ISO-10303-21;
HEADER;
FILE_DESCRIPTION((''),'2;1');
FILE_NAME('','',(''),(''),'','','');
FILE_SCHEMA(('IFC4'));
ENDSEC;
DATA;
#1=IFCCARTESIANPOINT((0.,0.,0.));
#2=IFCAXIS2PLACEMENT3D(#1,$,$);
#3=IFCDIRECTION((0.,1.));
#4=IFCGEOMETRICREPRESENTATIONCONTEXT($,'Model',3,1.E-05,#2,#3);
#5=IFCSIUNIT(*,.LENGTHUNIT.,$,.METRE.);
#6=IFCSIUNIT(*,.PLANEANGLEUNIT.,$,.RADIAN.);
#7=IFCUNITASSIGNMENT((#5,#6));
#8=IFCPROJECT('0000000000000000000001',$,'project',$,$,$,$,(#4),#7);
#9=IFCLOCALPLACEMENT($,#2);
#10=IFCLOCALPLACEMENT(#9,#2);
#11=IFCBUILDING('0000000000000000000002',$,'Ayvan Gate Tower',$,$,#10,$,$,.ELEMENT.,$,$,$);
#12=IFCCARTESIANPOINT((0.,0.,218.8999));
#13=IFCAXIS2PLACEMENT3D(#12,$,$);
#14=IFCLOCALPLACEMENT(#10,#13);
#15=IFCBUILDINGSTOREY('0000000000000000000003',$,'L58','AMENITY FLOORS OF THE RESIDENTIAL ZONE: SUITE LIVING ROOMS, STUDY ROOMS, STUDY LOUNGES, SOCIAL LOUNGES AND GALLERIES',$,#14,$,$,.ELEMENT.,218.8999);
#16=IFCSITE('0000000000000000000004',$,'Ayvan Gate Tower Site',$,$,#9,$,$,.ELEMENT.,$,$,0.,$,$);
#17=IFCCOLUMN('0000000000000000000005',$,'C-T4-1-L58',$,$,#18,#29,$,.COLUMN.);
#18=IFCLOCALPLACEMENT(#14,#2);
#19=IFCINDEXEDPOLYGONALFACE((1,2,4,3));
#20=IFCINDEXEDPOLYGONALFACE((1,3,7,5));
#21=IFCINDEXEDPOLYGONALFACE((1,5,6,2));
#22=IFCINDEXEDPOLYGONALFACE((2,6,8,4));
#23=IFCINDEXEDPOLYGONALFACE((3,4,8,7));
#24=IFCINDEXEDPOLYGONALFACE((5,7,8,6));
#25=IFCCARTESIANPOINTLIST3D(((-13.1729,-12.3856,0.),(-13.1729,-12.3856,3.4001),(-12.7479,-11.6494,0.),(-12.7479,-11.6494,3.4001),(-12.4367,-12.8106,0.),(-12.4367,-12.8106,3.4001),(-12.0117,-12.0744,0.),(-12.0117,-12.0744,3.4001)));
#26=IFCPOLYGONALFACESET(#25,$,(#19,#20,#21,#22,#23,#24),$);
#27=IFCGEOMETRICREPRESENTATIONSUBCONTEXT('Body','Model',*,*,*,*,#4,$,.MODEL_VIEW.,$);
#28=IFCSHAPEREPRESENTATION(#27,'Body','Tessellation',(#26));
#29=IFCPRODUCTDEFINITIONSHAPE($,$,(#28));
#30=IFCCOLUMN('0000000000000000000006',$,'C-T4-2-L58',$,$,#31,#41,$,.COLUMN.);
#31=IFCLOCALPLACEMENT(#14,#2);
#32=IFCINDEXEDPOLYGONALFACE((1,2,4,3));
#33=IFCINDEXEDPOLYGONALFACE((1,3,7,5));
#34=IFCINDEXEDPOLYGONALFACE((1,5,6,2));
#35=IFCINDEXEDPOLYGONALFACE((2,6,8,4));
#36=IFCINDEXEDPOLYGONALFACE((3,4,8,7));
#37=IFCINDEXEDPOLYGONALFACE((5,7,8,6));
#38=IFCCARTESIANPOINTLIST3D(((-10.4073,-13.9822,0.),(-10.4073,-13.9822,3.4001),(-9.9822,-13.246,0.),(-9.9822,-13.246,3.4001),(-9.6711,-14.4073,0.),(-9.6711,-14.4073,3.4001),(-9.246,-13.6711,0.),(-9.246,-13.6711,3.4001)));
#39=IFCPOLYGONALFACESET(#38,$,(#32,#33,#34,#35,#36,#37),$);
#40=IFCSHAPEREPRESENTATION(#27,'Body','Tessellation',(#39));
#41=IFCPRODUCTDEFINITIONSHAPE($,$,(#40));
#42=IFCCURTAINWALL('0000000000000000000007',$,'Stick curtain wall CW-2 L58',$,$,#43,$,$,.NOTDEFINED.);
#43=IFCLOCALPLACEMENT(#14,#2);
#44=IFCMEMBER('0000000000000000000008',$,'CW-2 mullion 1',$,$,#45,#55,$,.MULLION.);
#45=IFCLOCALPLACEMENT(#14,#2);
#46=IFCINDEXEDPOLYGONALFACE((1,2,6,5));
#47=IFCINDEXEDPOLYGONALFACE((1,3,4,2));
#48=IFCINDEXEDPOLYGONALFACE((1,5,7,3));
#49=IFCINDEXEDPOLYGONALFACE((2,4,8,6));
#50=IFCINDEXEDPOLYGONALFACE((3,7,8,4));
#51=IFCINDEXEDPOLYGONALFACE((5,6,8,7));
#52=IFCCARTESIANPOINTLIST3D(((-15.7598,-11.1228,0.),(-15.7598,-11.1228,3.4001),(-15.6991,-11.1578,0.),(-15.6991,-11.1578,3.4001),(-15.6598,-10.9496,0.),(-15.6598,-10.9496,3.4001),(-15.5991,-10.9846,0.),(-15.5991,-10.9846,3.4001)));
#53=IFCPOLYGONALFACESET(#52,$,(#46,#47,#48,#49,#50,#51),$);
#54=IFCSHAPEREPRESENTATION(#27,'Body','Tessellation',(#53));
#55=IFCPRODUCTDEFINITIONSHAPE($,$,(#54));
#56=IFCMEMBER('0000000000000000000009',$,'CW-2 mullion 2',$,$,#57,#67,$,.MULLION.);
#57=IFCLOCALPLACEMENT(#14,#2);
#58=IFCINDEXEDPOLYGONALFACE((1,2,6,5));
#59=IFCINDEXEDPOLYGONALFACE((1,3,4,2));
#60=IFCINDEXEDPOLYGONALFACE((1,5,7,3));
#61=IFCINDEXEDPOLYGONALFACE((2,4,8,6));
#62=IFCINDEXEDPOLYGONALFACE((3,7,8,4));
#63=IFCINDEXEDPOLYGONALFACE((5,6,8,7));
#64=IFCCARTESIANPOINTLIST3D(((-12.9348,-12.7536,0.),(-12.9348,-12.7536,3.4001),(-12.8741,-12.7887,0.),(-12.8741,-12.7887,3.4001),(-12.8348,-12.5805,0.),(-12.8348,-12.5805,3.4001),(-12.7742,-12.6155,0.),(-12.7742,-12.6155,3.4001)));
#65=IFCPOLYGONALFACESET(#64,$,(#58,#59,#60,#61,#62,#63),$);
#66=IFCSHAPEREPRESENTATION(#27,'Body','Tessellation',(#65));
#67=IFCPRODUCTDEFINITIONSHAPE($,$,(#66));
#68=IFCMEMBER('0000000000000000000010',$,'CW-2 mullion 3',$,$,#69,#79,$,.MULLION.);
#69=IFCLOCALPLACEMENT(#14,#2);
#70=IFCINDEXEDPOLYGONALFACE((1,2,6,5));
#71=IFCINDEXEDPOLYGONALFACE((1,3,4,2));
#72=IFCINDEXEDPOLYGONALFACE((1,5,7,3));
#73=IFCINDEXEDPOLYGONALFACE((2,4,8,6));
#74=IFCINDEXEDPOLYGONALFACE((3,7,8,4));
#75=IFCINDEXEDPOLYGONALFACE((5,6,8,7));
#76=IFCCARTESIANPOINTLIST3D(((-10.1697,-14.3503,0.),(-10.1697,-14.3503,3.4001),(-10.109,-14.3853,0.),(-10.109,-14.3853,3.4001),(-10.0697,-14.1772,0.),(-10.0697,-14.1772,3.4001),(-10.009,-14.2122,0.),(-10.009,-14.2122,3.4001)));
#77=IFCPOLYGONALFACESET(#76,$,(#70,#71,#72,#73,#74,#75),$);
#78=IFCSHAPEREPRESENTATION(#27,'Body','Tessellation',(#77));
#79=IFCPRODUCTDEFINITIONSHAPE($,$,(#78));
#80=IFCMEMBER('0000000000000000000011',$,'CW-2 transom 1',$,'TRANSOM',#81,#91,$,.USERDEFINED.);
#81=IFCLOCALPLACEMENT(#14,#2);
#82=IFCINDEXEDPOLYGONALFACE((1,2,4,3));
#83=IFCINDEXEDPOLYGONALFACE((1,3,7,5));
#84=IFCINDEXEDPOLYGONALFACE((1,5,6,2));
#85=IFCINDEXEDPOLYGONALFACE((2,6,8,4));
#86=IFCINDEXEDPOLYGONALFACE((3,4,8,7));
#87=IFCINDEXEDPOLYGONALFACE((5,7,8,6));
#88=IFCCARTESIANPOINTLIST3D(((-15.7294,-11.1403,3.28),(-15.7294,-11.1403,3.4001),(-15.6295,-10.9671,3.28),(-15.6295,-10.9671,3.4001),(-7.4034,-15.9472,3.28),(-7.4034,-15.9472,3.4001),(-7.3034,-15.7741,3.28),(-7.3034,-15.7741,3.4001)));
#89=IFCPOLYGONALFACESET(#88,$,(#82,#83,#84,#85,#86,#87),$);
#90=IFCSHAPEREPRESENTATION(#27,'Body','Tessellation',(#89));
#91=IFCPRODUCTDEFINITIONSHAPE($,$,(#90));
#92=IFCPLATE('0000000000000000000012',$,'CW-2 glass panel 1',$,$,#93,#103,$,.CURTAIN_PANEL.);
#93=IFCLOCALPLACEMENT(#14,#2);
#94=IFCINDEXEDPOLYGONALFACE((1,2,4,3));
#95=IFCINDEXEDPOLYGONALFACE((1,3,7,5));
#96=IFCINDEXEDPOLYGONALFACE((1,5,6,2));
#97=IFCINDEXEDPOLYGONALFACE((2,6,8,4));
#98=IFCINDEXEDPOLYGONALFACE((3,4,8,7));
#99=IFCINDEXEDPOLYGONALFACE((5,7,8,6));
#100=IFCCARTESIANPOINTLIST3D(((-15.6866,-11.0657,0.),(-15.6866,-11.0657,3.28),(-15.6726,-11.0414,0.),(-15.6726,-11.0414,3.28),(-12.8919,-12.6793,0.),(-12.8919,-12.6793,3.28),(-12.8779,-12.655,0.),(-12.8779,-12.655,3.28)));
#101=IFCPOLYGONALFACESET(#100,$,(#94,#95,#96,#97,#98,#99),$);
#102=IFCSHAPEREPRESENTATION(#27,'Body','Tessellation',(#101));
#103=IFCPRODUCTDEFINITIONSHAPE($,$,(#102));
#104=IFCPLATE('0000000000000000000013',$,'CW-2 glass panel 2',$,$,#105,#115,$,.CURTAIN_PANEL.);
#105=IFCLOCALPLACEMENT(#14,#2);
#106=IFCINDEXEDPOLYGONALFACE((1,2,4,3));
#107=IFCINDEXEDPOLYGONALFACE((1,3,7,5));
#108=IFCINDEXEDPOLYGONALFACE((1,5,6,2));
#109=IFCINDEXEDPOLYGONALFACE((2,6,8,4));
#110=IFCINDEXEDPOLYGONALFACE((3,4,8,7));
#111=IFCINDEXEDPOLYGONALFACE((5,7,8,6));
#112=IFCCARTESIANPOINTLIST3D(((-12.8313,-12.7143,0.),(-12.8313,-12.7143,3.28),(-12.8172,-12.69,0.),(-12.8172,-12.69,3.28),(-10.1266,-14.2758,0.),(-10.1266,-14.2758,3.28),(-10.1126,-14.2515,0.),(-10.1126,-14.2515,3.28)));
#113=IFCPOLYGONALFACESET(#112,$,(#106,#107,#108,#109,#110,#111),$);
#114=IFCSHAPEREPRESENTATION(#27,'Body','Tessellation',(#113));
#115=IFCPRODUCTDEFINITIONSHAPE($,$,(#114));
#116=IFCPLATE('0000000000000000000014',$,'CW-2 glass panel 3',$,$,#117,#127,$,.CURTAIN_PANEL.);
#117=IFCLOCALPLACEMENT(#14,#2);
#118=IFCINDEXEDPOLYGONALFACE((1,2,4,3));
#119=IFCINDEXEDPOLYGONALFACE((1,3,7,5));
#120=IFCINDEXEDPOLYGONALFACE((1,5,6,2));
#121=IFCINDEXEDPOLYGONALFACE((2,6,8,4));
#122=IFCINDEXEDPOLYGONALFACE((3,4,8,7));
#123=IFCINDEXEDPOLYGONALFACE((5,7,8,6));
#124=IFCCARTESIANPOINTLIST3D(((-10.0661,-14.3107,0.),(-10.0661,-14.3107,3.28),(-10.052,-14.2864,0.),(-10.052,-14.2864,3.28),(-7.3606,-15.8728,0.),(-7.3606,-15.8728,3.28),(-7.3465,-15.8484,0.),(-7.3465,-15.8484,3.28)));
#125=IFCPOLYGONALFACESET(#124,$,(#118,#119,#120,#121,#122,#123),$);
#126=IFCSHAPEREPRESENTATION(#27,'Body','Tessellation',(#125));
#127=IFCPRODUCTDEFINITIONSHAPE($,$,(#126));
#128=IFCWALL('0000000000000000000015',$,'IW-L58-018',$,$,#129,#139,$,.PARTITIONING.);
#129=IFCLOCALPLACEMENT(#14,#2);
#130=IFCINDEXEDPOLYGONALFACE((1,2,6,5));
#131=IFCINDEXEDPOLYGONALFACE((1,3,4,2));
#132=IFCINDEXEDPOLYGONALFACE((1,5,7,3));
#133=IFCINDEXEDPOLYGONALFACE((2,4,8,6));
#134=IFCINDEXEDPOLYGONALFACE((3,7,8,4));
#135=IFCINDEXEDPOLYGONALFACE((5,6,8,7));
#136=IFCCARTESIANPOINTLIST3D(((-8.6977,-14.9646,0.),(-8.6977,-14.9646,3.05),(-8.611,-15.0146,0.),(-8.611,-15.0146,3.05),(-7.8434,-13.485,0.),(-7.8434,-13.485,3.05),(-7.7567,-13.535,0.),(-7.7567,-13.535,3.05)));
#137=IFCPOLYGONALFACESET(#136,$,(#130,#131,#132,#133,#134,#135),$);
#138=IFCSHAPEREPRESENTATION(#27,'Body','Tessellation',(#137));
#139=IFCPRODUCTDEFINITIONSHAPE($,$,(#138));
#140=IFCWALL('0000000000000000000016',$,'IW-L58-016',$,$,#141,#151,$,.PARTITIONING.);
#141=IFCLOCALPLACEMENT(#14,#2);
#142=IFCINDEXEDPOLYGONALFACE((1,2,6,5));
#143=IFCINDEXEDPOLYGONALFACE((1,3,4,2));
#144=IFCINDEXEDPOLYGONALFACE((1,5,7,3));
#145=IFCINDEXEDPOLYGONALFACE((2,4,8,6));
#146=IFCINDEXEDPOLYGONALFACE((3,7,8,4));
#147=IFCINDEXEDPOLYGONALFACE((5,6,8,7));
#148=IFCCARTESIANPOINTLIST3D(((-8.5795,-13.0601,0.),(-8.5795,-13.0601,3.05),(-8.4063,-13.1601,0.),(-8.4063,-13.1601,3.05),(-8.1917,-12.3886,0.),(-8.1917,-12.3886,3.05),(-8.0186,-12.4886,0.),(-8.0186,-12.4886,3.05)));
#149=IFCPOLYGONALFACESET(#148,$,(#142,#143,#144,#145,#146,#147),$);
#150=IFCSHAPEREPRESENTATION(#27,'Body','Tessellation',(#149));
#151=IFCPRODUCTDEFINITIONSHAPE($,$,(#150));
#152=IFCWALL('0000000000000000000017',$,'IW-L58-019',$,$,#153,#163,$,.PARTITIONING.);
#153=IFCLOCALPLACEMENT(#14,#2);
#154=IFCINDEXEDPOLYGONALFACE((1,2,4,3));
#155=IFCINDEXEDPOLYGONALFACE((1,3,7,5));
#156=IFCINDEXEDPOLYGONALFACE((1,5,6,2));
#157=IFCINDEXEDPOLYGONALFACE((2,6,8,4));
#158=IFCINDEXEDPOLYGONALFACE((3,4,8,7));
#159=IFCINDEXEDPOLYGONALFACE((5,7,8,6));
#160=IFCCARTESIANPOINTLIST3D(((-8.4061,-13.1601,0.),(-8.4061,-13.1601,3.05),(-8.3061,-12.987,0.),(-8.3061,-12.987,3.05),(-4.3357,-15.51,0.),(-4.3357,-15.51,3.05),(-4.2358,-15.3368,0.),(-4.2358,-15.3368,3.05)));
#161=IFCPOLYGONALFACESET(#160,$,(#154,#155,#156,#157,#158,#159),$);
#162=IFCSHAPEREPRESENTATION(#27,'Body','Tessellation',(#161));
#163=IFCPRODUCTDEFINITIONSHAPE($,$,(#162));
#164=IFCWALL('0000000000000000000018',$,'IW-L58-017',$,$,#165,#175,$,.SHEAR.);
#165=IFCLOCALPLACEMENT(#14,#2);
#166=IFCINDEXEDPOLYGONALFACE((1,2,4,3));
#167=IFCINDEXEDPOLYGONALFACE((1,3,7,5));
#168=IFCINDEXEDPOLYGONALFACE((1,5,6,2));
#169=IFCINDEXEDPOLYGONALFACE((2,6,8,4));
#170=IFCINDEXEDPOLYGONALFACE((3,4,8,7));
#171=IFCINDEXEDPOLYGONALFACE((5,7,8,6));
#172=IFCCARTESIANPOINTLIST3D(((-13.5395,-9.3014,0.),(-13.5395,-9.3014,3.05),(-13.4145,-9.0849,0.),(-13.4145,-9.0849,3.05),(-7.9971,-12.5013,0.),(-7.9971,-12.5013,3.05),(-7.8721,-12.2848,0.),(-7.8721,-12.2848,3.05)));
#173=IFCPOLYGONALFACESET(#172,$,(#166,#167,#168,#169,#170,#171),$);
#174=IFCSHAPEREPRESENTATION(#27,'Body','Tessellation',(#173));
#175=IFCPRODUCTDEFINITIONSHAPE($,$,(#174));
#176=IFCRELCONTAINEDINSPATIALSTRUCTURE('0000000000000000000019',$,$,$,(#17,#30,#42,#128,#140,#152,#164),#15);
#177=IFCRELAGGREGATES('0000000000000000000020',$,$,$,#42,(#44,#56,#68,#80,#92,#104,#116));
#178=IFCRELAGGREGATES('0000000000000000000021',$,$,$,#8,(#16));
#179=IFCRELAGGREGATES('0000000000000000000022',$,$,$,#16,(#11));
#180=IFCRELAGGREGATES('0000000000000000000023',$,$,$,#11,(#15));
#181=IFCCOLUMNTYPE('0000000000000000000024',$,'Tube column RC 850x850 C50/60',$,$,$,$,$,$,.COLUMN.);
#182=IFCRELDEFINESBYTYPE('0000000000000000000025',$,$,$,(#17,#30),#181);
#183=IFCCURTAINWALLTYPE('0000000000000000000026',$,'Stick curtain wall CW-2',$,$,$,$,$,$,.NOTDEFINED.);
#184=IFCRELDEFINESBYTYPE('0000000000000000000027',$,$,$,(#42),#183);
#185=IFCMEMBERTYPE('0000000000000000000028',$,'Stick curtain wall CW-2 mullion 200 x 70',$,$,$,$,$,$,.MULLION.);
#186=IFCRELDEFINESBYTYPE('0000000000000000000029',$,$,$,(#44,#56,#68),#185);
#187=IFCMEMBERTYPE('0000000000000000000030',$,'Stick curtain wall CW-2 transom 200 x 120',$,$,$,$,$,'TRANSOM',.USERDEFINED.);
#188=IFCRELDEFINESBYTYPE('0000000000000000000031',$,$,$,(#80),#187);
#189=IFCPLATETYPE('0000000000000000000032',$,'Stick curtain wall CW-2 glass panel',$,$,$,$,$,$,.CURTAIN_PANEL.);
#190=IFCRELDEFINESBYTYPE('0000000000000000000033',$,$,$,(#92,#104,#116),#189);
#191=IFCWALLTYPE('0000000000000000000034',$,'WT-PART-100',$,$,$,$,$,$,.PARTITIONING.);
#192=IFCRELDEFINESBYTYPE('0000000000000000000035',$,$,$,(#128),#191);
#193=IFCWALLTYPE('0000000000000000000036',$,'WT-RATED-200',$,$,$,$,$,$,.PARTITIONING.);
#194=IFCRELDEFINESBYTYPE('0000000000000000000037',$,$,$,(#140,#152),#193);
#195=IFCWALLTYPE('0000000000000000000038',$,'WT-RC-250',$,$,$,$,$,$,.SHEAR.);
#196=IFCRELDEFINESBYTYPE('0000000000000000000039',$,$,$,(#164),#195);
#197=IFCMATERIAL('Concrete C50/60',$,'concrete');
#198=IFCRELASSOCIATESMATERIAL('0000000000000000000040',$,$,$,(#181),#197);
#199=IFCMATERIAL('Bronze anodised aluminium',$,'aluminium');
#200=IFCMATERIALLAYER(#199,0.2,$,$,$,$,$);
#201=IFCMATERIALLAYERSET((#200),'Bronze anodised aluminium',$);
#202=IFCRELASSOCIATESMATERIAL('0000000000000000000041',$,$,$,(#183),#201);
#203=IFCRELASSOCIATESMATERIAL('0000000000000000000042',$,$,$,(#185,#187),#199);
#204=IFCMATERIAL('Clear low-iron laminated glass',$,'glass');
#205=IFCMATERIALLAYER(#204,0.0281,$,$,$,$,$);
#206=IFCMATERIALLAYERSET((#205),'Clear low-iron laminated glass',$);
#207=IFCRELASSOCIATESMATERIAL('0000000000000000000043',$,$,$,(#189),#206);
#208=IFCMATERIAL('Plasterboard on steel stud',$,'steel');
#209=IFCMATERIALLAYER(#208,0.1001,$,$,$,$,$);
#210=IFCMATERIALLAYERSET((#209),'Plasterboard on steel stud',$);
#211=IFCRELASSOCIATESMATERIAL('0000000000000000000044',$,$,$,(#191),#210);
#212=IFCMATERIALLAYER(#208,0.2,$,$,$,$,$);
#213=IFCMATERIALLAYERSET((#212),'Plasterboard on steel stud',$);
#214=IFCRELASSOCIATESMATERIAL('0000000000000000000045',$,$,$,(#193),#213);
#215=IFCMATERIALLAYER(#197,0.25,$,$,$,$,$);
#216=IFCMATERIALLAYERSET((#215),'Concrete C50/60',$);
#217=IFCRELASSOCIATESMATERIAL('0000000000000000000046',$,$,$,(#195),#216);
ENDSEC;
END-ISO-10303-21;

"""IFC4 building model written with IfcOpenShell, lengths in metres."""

from ifc_helpers import new_model, si_unit, direction, frame, frame_2d, origin, origin_2d, place, context, subcontext, project, spatial, rectangle, extrude, material, layer, layer_set, material_profile, profile_set, type_object, element, aggregate, save


model = new_model("IFC4")

# Units and contexts
model_context = context("Model", 3, precision=1e-05, world=origin(), true_north=direction((0.0, 1.0)))
body_context = subcontext(model_context, "Body", "Model", "MODEL_VIEW")
ifc_project = project(units=[si_unit("LENGTHUNIT", "METRE"), si_unit("PLANEANGLEUNIT", "RADIAN")], contexts=[model_context])

# Site, building, storey
site_placement = place(None, origin())
site = spatial("IfcSite", under=ifc_project, at=site_placement, Name="Ayvan Gate Tower Site", CompositionType="ELEMENT", RefElevation=0.0)
building_placement = place(site_placement, origin())
building = spatial("IfcBuilding", under=site, at=building_placement, Name="Ayvan Gate Tower", CompositionType="ELEMENT")
storey_placement = place(building_placement, frame((0.0, 0.0, 218.8999)))
storey = spatial("IfcBuildingStorey", under=building, at=storey_placement, Name="L58", Description="AMENITY FLOORS OF THE RESIDENTIAL ZONE: SUITE LIVING ROOMS, STUDY ROOMS, STUDY LOUNGES, SOCIAL LOUNGES AND GALLERIES", CompositionType="ELEMENT", Elevation=218.8999)

# Columns
ifc_material_1 = material(Name="Concrete C50/60", Category="concrete")
ifc_material_profile_1 = material_profile(ifc_material_1, rectangle(XDim=0.8501, YDim=0.8501, at=origin_2d()), Name="RC 850x850")
ifc_profile_set_1 = profile_set([ifc_material_profile_1], Name="Concrete C50/60")
column_type = type_object("IfcColumnType", Name="Tube column RC 850x850 C50/60", PredefinedType="COLUMN", material=ifc_profile_set_1)
for number, where, z_axis, x_axis, name in (
    (1, (-12.5923, -12.23, 0.0), (0.0, 0.0, 1.0), (-0.5, -0.866025, 0.0), "C-T4-1-L58"),
    (2, (-9.8267, -13.8267, 0.0), (0.0, 0.0, 1.0), (-0.5, -0.866025, 0.0), "C-T4-2-L58"),
):
    element("IfcColumn", number, at=place(storey_placement, frame(where, z_axis=z_axis, x_axis=x_axis)), inside=storey, type_object=column_type, Name=name, PredefinedType="COLUMN", context=body_context, shape_type="SweptSolid", body=[
        extrude(rectangle(XDim=0.8501, YDim=0.8501, at=origin_2d()), origin(), (0.0, 0.0, 1.0), 3.4001),
    ])

# Curtain wall, members, plates
ifc_material_2 = material(Name="Bronze anodised aluminium", Category="aluminium")
ifc_layer_1 = layer(ifc_material_2, 0.2)
ifc_layer_set_1 = layer_set([ifc_layer_1], Name="Bronze anodised aluminium")
curtain_wall_type = type_object("IfcCurtainWallType", Name="Stick curtain wall CW-2", PredefinedType="NOTDEFINED", material=ifc_layer_set_1)
curtain_wall_placement = place(storey_placement, origin())
curtain_wall = element("IfcCurtainWall", 3, at=curtain_wall_placement, inside=storey, type_object=curtain_wall_type, Name="Stick curtain wall CW-2 L58", PredefinedType="NOTDEFINED")
ifc_material_profile_2 = material_profile(ifc_material_2, rectangle(XDim=0.2, YDim=0.0701, at=origin_2d()), Name="Stick curtain wall CW-2 mullion 200 x 70")
ifc_profile_set_2 = profile_set([ifc_material_profile_2], Name="Bronze anodised aluminium")
member_type_1 = type_object("IfcMemberType", Name="Stick curtain wall CW-2 mullion 200 x 70", PredefinedType="MULLION", material=ifc_profile_set_2)
member_1_placement = place(storey_placement, frame((-15.6794, -11.0537, 0.0), z_axis=(0.0, 0.0, 1.0), x_axis=(-0.5, -0.866025, 0.0)))
member_1 = element("IfcMember", 4, at=member_1_placement, type_object=member_type_1, Name="CW-2 mullion 1", PredefinedType="MULLION", context=body_context, shape_type="SweptSolid", body=[
    extrude(rectangle(XDim=0.2, YDim=0.0701, at=origin_2d()), origin(), (0.0, 0.0, 1.0), 3.4001),
])
member_2_placement = place(storey_placement, frame((-12.8545, -12.6846, 0.0), z_axis=(0.0, 0.0, 1.0), x_axis=(-0.5, -0.866025, 0.0)))
member_2 = element("IfcMember", 5, at=member_2_placement, type_object=member_type_1, Name="CW-2 mullion 2", PredefinedType="MULLION", context=body_context, shape_type="SweptSolid", body=[
    extrude(rectangle(XDim=0.2, YDim=0.0701, at=origin_2d()), origin(), (0.0, 0.0, 1.0), 3.4001),
])
member_3_placement = place(storey_placement, frame((-10.0894, -14.2812, 0.0), z_axis=(0.0, 0.0, 1.0), x_axis=(-0.5, -0.866025, 0.0)))
member_3 = element("IfcMember", 6, at=member_3_placement, type_object=member_type_1, Name="CW-2 mullion 3", PredefinedType="MULLION", context=body_context, shape_type="SweptSolid", body=[
    extrude(rectangle(XDim=0.2, YDim=0.0701, at=origin_2d()), origin(), (0.0, 0.0, 1.0), 3.4001),
])
ifc_material_profile_3 = material_profile(ifc_material_2, rectangle(XDim=0.2, YDim=0.1201, at=origin_2d()), Name="Stick curtain wall CW-2 transom 200 x 120")
ifc_profile_set_3 = profile_set([ifc_material_profile_3], Name="Bronze anodised aluminium")
member_type_2 = type_object("IfcMemberType", Name="Stick curtain wall CW-2 transom 200 x 120", ElementType="TRANSOM", PredefinedType="USERDEFINED", material=ifc_profile_set_3)
member_4_placement = place(storey_placement, frame((-15.6794, -11.0537, 3.3401), z_axis=(0.86603, -0.499993, 0.0), x_axis=(0.499993, 0.86603, 0.0)))
member_4 = element("IfcMember", 7, at=member_4_placement, type_object=member_type_2, Name="CW-2 transom 1", ObjectType="TRANSOM", PredefinedType="USERDEFINED", context=body_context, shape_type="SweptSolid", body=[
    extrude(rectangle(XDim=0.2, YDim=0.1201, at=origin_2d()), origin(), (0.0, 0.0, 1.0), 9.614),
])
ifc_material_3 = material(Name="Clear low-iron laminated glass", Category="glass")
ifc_layer_2 = layer(ifc_material_3, 0.0281)
ifc_layer_set_2 = layer_set([ifc_layer_2], Name="Clear low-iron laminated glass")
plate_type = type_object("IfcPlateType", Name="Stick curtain wall CW-2 glass panel", PredefinedType="CURTAIN_PANEL", material=ifc_layer_set_2)
plate_1_placement = place(storey_placement, frame((-14.2822, -11.8604, 0.0), z_axis=(0.0, 0.0, 1.0), x_axis=(0.866025, -0.5, 0.0)))
plate_1 = element("IfcPlate", 8, at=plate_1_placement, type_object=plate_type, Name="CW-2 glass panel 1", PredefinedType="CURTAIN_PANEL", context=body_context, shape_type="SweptSolid", body=[
    extrude(rectangle(XDim=3.2271, YDim=0.0281, at=origin_2d()), origin(), (0.0, 0.0, 1.0), 3.28),
])
plate_2_placement = place(storey_placement, frame((-11.4719, -13.4829, 0.0), z_axis=(0.0, 0.0, 1.0), x_axis=(0.866025, -0.5, 0.0)))
plate_2 = element("IfcPlate", 9, at=plate_2_placement, type_object=plate_type, Name="CW-2 glass panel 2", PredefinedType="CURTAIN_PANEL", context=body_context, shape_type="SweptSolid", body=[
    extrude(rectangle(XDim=3.123, YDim=0.0281, at=origin_2d()), origin(), (0.0, 0.0, 1.0), 3.28),
])
plate_3_placement = place(storey_placement, frame((-8.7063, -15.0796, 0.0), z_axis=(0.0, 0.0, 1.0), x_axis=(0.866025, -0.5, 0.0)))
plate_3 = element("IfcPlate", 10, at=plate_3_placement, type_object=plate_type, Name="CW-2 glass panel 3", PredefinedType="CURTAIN_PANEL", context=body_context, shape_type="SweptSolid", body=[
    extrude(rectangle(XDim=3.124, YDim=0.0281, at=origin_2d()), origin(), (0.0, 0.0, 1.0), 3.28),
])
aggregate(curtain_wall, [member_1, member_2, member_3, member_4, plate_1, plate_2, plate_3])

# Walls
ifc_material_4 = material(Name="Plasterboard on steel stud", Category="steel")
ifc_layer_3 = layer(ifc_material_4, 0.1001)
ifc_layer_set_3 = layer_set([ifc_layer_3], Name="Plasterboard on steel stud")
wall_type_1 = type_object("IfcWallType", Name="WT-PART-100", PredefinedType="PARTITIONING", material=ifc_layer_set_3)
wall_1_placement = place(storey_placement, frame((-7.8, -13.51, 0.0), z_axis=(0.0, 0.0, 1.0), x_axis=(-0.500028, -0.866009, 0.0)))
element("IfcWall", 11, at=wall_1_placement, inside=storey, type_object=wall_type_1, Name="IW-L58-018", PredefinedType="PARTITIONING", context=body_context, shape_type="SweptSolid", body=[
    extrude(rectangle(XDim=1.7085, YDim=0.1001, at=frame_2d((0.8542, 0.0))), origin(), (0.0, 0.0, 1.0), 3.05),
])
ifc_layer_4 = layer(ifc_material_4, 0.2)
ifc_layer_set_4 = layer_set([ifc_layer_4], Name="Plasterboard on steel stud")
wall_type_2 = type_object("IfcWallType", Name="WT-RATED-200", PredefinedType="PARTITIONING", material=ifc_layer_set_4)
wall_2_placement = place(storey_placement, frame((-8.4929, -13.1101, 0.0), z_axis=(0.0, 0.0, 1.0), x_axis=(0.500068, 0.865986, 0.0)))
element("IfcWall", 12, at=wall_2_placement, inside=storey, type_object=wall_type_2, Name="IW-L58-016", PredefinedType="PARTITIONING", context=body_context, shape_type="SweptSolid", body=[
    extrude(rectangle(XDim=0.7754, YDim=0.2, at=frame_2d((0.3877, 0.0))), origin(), (0.0, 0.0, 1.0), 3.05),
])
wall_3_placement = place(storey_placement, frame((-8.3562, -13.0735, 0.0), z_axis=(0.0, 0.0, 1.0), x_axis=(0.866039, -0.499977, 0.0)))
element("IfcWall", 13, at=wall_3_placement, inside=storey, type_object=wall_type_2, Name="IW-L58-019", PredefinedType="PARTITIONING", context=body_context, shape_type="SweptSolid", body=[
    extrude(rectangle(XDim=4.7, YDim=0.2, at=frame_2d((2.3501, 0.0))), origin(), (0.0, 0.0, 1.0), 3.05),
])
ifc_layer_5 = layer(ifc_material_1, 0.25)
ifc_layer_set_5 = layer_set([ifc_layer_5], Name="Concrete C50/60")
wall_type_3 = type_object("IfcWallType", Name="WT-RC-250", PredefinedType="SHEAR", material=ifc_layer_set_5)
wall_4_placement = place(storey_placement, frame((-7.9346, -12.3931, 0.0), z_axis=(0.0, 0.0, 1.0), x_axis=(-0.866025, 0.5, 0.0)))
element("IfcWall", 14, at=wall_4_placement, inside=storey, type_object=wall_type_3, Name="IW-L58-017", PredefinedType="SHEAR", context=body_context, shape_type="SweptSolid", body=[
    extrude(rectangle(XDim=6.3999, YDim=0.25, at=frame_2d((3.2, 0.0))), origin(), (0.0, 0.0, 1.0), 3.05),
])

save(model, "model.ifc")
